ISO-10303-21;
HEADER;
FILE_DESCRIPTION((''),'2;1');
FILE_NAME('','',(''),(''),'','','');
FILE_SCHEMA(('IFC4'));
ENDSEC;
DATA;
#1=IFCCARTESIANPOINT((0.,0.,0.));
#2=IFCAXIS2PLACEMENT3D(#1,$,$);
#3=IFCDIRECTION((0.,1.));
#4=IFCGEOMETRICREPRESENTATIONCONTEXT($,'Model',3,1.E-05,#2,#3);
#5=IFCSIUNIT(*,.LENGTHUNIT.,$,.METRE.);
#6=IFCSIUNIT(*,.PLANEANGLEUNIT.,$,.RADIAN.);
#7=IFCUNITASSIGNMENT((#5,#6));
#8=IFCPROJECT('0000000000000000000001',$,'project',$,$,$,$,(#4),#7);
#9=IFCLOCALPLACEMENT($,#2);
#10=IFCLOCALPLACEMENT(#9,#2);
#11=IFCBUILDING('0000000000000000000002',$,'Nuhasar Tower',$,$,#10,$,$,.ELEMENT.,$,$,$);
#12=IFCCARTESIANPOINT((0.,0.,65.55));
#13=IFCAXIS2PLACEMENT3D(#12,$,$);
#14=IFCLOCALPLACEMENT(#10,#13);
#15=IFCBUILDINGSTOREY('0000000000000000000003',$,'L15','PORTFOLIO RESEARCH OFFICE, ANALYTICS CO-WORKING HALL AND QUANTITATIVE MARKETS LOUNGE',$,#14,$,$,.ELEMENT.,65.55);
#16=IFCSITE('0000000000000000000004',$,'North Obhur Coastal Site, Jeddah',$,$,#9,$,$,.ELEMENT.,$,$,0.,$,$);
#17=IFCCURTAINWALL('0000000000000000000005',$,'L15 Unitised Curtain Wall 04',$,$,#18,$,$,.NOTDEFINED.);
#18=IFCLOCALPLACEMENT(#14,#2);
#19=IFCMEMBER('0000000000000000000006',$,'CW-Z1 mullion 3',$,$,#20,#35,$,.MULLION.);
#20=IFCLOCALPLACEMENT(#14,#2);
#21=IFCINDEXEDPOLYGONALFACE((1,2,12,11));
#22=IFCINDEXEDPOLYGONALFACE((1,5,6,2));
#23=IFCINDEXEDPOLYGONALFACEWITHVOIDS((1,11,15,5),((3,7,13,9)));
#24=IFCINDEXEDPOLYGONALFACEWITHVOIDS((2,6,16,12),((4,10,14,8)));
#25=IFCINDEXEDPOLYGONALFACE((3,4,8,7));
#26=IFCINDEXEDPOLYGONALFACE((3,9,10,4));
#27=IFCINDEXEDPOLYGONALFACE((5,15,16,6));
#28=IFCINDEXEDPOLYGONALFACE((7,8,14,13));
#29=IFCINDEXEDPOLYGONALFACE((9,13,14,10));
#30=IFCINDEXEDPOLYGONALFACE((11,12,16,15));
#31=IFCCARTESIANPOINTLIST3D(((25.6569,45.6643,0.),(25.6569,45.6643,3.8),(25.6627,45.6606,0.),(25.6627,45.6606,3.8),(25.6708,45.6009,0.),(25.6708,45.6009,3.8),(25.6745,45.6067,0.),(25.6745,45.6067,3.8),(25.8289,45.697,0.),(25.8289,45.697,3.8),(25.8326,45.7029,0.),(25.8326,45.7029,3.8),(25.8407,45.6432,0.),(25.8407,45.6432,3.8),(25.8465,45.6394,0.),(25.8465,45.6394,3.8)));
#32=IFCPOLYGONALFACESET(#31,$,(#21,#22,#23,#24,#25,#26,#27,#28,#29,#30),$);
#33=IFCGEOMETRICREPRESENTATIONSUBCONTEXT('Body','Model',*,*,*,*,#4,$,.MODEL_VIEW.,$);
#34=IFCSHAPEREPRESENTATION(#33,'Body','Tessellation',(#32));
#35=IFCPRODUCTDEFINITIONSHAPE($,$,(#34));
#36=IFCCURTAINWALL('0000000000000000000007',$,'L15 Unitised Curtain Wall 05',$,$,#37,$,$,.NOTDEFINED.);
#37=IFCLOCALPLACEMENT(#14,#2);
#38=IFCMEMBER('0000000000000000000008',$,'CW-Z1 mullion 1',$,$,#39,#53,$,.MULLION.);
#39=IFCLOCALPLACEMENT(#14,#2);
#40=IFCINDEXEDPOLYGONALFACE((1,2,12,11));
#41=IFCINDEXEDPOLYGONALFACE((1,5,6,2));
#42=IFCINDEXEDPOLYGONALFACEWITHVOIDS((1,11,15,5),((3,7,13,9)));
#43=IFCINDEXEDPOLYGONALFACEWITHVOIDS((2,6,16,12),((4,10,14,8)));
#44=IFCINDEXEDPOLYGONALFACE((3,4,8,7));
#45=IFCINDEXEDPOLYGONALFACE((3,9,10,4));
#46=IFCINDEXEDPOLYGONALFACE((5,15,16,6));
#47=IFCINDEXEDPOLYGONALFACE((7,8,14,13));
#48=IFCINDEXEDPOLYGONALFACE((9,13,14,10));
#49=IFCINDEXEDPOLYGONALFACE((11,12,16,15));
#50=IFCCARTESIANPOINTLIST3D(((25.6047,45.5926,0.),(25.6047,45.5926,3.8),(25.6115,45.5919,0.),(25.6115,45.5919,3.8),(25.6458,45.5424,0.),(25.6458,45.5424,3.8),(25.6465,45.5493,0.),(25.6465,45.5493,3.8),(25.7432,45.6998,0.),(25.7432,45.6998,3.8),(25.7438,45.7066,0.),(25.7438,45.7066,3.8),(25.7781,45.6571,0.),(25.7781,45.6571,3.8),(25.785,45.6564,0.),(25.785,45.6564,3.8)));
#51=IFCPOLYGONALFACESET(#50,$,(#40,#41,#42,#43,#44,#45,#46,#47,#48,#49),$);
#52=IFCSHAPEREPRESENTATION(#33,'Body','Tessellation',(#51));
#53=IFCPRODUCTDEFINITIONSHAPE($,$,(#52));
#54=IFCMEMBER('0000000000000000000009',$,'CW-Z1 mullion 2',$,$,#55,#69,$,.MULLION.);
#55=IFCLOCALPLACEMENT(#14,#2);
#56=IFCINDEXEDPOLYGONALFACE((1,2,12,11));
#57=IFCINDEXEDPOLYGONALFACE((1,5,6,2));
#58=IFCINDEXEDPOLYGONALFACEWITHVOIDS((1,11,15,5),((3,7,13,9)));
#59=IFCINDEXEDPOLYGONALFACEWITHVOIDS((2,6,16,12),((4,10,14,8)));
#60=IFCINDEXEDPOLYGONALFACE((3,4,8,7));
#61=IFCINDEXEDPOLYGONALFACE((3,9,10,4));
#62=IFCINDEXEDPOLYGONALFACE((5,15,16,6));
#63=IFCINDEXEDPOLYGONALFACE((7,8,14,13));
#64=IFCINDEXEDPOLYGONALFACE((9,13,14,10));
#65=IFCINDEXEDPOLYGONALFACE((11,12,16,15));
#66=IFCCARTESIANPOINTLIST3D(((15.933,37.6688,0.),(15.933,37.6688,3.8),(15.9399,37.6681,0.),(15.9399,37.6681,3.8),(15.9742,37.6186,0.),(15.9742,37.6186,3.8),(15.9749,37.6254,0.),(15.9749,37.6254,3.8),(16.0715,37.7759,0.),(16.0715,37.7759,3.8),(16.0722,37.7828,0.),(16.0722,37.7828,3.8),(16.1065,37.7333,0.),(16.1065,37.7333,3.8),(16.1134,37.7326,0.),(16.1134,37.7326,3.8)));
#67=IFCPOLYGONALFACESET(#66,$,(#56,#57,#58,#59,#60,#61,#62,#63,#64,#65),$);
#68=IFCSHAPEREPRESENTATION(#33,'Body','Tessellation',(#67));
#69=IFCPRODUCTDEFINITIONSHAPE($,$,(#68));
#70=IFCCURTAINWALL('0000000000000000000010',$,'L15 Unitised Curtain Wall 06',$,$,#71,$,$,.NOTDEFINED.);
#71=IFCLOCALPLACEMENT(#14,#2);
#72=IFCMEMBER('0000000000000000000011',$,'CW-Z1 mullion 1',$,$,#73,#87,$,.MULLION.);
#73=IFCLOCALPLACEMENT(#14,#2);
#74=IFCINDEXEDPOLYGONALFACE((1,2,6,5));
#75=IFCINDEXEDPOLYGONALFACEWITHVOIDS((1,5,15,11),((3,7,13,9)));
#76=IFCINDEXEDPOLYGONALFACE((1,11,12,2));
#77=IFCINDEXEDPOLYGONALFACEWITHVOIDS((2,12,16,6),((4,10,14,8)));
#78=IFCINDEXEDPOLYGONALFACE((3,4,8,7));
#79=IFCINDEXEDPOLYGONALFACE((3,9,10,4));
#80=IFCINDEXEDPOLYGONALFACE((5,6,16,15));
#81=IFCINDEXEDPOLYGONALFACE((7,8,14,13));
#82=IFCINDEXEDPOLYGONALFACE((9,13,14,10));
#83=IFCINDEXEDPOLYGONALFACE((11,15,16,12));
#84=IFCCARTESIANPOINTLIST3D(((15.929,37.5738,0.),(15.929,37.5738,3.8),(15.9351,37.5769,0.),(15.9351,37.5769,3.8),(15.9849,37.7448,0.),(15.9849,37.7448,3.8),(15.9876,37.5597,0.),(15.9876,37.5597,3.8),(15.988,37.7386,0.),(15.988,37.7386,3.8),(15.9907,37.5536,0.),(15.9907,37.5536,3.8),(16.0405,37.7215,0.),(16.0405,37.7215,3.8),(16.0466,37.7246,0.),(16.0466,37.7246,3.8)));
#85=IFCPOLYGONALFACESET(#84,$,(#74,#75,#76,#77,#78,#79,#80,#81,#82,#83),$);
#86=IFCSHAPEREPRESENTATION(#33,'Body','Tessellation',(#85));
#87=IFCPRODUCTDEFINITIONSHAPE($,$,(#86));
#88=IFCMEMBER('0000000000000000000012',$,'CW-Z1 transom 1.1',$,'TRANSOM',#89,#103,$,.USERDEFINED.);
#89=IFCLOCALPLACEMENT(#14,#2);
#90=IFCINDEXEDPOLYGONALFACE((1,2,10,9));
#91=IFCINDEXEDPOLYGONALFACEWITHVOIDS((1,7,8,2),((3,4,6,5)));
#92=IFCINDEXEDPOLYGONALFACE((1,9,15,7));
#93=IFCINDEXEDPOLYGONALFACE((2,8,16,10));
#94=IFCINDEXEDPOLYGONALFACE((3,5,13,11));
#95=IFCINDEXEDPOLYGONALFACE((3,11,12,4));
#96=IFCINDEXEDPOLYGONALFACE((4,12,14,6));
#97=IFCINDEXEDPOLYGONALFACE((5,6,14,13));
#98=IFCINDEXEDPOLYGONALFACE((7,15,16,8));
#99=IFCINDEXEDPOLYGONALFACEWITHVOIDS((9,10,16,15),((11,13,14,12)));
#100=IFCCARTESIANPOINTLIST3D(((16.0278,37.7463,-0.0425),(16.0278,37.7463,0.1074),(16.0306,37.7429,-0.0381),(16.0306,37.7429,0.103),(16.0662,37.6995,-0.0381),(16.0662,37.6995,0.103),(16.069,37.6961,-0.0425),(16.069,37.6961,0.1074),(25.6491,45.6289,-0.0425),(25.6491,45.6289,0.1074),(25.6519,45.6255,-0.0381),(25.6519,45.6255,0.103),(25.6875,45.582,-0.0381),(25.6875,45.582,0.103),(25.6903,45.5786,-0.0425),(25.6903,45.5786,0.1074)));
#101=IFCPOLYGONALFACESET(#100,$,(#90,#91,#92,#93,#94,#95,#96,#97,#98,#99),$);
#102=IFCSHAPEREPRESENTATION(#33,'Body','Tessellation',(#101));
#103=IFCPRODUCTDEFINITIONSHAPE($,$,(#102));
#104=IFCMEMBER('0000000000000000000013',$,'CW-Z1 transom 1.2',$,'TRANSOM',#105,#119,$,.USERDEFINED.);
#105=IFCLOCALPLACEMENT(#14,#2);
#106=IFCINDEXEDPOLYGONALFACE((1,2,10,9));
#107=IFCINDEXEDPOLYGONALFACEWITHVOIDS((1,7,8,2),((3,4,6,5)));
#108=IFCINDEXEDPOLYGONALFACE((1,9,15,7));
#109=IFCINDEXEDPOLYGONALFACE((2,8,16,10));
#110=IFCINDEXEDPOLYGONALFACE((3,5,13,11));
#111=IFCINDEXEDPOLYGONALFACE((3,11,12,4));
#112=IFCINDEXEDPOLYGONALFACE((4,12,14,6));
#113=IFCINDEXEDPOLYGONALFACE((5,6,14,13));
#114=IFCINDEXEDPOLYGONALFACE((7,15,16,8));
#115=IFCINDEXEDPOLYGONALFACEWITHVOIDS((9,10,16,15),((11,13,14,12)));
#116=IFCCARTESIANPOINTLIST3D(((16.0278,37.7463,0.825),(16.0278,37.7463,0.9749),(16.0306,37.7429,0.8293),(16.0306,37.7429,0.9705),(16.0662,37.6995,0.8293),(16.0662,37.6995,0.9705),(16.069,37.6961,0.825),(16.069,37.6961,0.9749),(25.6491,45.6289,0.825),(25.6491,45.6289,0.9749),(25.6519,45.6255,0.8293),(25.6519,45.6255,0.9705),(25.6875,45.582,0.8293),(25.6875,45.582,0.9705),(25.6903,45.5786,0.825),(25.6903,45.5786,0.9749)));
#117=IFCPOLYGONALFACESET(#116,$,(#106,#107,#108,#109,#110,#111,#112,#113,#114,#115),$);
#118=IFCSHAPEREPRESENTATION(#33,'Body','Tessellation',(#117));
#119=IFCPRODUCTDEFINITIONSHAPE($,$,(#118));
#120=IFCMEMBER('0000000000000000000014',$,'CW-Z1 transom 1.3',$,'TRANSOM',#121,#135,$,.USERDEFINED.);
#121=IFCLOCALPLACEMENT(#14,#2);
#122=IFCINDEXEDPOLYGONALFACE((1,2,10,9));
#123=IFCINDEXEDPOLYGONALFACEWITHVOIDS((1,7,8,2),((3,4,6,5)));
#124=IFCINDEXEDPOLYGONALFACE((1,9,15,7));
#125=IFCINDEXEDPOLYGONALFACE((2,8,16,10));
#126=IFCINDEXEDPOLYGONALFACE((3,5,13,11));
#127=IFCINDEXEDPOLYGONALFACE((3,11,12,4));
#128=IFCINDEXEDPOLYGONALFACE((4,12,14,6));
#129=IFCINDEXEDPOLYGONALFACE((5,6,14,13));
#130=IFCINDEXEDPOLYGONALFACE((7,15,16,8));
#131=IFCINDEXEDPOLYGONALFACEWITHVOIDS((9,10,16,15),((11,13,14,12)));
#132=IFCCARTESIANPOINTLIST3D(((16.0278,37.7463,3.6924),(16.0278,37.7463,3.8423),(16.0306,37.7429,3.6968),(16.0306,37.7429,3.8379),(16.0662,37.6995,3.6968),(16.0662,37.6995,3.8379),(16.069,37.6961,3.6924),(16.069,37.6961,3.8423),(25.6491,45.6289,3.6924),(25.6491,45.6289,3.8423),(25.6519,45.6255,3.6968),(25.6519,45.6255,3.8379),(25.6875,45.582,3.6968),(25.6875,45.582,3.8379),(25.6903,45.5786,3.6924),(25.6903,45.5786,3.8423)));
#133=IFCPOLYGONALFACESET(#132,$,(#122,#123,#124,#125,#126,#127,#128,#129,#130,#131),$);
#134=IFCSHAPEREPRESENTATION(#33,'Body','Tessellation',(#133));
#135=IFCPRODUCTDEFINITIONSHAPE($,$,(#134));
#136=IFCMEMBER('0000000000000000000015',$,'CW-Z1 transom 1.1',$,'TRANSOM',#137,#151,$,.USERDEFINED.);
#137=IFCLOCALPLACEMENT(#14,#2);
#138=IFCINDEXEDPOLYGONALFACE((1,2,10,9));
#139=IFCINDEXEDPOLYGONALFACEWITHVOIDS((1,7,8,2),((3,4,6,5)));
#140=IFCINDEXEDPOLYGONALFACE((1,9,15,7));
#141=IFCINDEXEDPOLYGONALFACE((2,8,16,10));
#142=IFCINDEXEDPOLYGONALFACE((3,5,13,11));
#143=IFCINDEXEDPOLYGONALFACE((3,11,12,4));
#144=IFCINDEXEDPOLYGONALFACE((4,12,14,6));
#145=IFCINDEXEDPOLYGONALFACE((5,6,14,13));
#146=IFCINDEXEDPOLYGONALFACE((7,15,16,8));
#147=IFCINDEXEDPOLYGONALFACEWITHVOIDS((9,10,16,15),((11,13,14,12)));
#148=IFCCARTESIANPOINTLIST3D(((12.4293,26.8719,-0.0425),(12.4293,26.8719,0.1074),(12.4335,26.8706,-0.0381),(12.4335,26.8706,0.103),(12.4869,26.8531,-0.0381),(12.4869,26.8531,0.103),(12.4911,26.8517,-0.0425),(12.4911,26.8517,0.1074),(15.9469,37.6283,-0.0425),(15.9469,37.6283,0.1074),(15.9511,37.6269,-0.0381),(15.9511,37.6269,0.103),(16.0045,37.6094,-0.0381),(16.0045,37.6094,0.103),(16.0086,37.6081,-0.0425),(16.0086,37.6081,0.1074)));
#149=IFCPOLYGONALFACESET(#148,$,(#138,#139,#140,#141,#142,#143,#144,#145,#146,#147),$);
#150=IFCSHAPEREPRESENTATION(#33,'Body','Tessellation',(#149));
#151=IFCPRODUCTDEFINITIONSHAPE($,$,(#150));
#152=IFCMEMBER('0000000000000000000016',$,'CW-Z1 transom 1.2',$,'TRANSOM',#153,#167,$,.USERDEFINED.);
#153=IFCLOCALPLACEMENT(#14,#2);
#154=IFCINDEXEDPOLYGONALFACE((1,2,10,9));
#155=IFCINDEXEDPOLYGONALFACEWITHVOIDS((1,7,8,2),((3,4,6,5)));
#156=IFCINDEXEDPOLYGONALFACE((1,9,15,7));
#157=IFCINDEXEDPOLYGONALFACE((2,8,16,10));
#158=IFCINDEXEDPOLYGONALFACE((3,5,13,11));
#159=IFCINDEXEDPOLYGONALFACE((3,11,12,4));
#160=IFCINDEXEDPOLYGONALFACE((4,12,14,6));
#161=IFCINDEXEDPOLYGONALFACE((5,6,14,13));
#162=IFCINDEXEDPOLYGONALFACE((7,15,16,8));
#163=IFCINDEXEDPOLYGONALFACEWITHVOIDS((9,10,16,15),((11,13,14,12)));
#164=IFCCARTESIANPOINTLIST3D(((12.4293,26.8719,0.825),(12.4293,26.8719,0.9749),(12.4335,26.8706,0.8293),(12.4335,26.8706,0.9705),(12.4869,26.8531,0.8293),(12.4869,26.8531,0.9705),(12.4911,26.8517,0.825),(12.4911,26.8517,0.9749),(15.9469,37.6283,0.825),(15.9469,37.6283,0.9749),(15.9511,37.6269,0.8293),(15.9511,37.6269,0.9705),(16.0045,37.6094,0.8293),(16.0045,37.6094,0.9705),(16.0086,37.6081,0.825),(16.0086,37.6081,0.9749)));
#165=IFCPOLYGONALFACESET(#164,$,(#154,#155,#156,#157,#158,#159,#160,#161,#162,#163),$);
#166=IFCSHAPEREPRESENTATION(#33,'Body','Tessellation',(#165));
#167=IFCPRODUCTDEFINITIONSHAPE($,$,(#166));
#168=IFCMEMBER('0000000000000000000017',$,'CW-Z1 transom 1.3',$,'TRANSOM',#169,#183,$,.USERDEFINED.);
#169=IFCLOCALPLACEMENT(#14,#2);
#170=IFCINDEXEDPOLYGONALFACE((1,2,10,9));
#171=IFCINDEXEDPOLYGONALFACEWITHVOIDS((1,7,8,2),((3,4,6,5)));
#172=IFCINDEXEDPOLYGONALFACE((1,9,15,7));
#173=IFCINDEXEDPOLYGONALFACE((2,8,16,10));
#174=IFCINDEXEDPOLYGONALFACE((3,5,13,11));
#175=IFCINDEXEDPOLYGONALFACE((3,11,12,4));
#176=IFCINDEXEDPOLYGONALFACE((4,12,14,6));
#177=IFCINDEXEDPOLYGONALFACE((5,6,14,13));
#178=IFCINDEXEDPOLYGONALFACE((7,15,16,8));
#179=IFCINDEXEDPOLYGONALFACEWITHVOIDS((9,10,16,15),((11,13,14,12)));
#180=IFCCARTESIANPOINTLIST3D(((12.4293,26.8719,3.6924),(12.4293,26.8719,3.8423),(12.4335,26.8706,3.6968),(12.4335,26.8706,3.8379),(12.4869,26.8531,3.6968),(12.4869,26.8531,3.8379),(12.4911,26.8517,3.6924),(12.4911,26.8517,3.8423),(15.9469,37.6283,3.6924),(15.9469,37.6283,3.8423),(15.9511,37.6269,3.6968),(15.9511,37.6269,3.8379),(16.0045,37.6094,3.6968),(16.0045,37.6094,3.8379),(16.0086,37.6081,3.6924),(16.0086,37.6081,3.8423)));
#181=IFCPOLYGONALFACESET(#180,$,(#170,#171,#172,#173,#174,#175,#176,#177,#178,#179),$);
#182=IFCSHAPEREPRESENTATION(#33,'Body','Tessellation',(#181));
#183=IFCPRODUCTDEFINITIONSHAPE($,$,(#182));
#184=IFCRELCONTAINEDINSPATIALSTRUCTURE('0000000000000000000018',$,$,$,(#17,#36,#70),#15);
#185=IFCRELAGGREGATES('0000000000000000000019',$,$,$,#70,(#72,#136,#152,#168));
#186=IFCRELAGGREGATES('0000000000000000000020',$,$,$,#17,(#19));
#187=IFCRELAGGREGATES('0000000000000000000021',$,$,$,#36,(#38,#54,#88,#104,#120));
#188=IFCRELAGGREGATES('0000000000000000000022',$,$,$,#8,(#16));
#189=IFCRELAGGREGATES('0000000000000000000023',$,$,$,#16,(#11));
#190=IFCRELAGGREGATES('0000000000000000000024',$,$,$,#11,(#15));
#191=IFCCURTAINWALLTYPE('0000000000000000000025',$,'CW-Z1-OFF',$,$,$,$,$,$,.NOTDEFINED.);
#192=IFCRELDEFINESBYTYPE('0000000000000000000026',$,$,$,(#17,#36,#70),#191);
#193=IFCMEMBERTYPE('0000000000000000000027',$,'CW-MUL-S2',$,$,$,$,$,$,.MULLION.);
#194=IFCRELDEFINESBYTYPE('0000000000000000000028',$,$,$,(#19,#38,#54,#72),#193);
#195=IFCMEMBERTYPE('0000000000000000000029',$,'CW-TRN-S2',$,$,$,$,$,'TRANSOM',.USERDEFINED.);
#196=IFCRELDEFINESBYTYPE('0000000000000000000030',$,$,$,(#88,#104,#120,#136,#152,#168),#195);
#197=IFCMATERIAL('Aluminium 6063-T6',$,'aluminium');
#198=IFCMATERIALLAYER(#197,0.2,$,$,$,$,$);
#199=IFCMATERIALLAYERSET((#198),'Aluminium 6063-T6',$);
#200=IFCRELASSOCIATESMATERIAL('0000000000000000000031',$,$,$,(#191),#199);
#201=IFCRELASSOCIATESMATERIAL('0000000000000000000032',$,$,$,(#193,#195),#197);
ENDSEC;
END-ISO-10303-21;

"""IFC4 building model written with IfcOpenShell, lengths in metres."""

from ifc_helpers import new_model, si_unit, direction, frame, origin, origin_2d, place, context, subcontext, project, spatial, hollow_rectangle, extrude, material, layer, layer_set, material_profile, profile_set, type_object, element, aggregate, save


model = new_model("IFC4")

# Units and contexts
model_context = context("Model", 3, precision=1e-05, world=origin(), true_north=direction((0.0, 1.0)))
body_context = subcontext(model_context, "Body", "Model", "MODEL_VIEW")
ifc_project = project(units=[si_unit("LENGTHUNIT", "METRE"), si_unit("PLANEANGLEUNIT", "RADIAN")], contexts=[model_context])

# Site, building, storey
site_placement = place(None, origin())
site = spatial("IfcSite", under=ifc_project, at=site_placement, Name="North Obhur Coastal Site, Jeddah", CompositionType="ELEMENT", RefElevation=0.0)
building_placement = place(site_placement, origin())
building = spatial("IfcBuilding", under=site, at=building_placement, Name="Nuhasar Tower", CompositionType="ELEMENT")
storey_placement = place(building_placement, frame((0.0, 0.0, 65.55)))
storey = spatial("IfcBuildingStorey", under=building, at=storey_placement, Name="L15", Description="PORTFOLIO RESEARCH OFFICE, ANALYTICS CO-WORKING HALL AND QUANTITATIVE MARKETS LOUNGE", CompositionType="ELEMENT", Elevation=65.55)

# Curtain wall, member
ifc_material_1 = material(Name="Aluminium 6063-T6", Category="aluminium")
ifc_layer_1 = layer(ifc_material_1, 0.2)
ifc_layer_set_1 = layer_set([ifc_layer_1], Name="Aluminium 6063-T6")
curtain_wall_type = type_object("IfcCurtainWallType", Name="CW-Z1-OFF", PredefinedType="NOTDEFINED", material=ifc_layer_set_1)
curtain_wall_1_placement = place(storey_placement, origin())
curtain_wall_1 = element("IfcCurtainWall", 1, at=curtain_wall_1_placement, inside=storey, type_object=curtain_wall_type, Name="L15 Unitised Curtain Wall 04", PredefinedType="NOTDEFINED")
ifc_material_profile_1 = material_profile(ifc_material_1, hollow_rectangle(XDim=0.0649, YDim=0.1799, WallThickness=0.0049, at=origin_2d()), Name="CWM-2")
ifc_profile_set_1 = profile_set([ifc_material_profile_1], Name="Aluminium 6063-T6")
member_type_1 = type_object("IfcMemberType", Name="CW-MUL-S2", PredefinedType="MULLION", material=ifc_profile_set_1)
member_1_placement = place(storey_placement, frame((25.7517, 45.6519, 0.0), z_axis=(0.0, 0.0, 1.0), x_axis=(0.214399, -0.976746, 0.0)))
member_1 = element("IfcMember", 2, at=member_1_placement, type_object=member_type_1, Name="CW-Z1 mullion 3", PredefinedType="MULLION", context=body_context, shape_type="SweptSolid", body=[
    extrude(hollow_rectangle(XDim=0.0649, YDim=0.1799, WallThickness=0.0049, at=origin_2d()), origin(), (0.0, 0.0, 1.0), 3.8),
])

# Curtain wall, members
curtain_wall_2_placement = place(storey_placement, origin())
curtain_wall_2 = element("IfcCurtainWall", 3, at=curtain_wall_2_placement, inside=storey, type_object=curtain_wall_type, Name="L15 Unitised Curtain Wall 05", PredefinedType="NOTDEFINED")
member_2_placement = place(storey_placement, frame((25.6948, 45.6245, 0.0), z_axis=(0.0, 0.0, 1.0), x_axis=(0.633745, -0.773542, 0.0)))
member_2 = element("IfcMember", 4, at=member_2_placement, type_object=member_type_1, Name="CW-Z1 mullion 1", PredefinedType="MULLION", context=body_context, shape_type="SweptSolid", body=[
    extrude(hollow_rectangle(XDim=0.0649, YDim=0.1799, WallThickness=0.0049, at=origin_2d()), origin(), (0.0, 0.0, 1.0), 3.8),
])
member_3_placement = place(storey_placement, frame((16.0232, 37.7007, 0.0), z_axis=(0.0, 0.0, 1.0), x_axis=(0.633745, -0.773542, 0.0)))
member_3 = element("IfcMember", 5, at=member_3_placement, type_object=member_type_1, Name="CW-Z1 mullion 2", PredefinedType="MULLION", context=body_context, shape_type="SweptSolid", body=[
    extrude(hollow_rectangle(XDim=0.0649, YDim=0.1799, WallThickness=0.0049, at=origin_2d()), origin(), (0.0, 0.0, 1.0), 3.8),
])

# Curtain wall, member
curtain_wall_3_placement = place(storey_placement, origin())
curtain_wall_3 = element("IfcCurtainWall", 6, at=curtain_wall_3_placement, inside=storey, type_object=curtain_wall_type, Name="L15 Unitised Curtain Wall 06", PredefinedType="NOTDEFINED")
member_4_placement = place(storey_placement, frame((15.9878, 37.6492, 0.0), z_axis=(0.0, 0.0, 1.0), x_axis=(0.950468, -0.310824, 0.0)))
member_4 = element("IfcMember", 7, at=member_4_placement, type_object=member_type_1, Name="CW-Z1 mullion 1", PredefinedType="MULLION", context=body_context, shape_type="SweptSolid", body=[
    extrude(hollow_rectangle(XDim=0.0649, YDim=0.1799, WallThickness=0.0049, at=origin_2d()), origin(), (0.0, 0.0, 1.0), 3.8),
])

# Members
ifc_material_profile_2 = material_profile(ifc_material_1, hollow_rectangle(XDim=0.0649, YDim=0.1499, WallThickness=0.0044, at=origin_2d()), Name="CWT-2")
ifc_profile_set_2 = profile_set([ifc_material_profile_2], Name="Aluminium 6063-T6")
member_type_2 = type_object("IfcMemberType", Name="CW-TRN-S2", ElementType="TRANSOM", PredefinedType="USERDEFINED", material=ifc_profile_set_2)
member_5_placement = place(storey_placement, frame((25.6697, 45.6038, 0.0325), z_axis=(-0.773541, -0.633746, 0.0), x_axis=(0.633746, -0.773541, 0.0)))
member_5 = element("IfcMember", 8, at=member_5_placement, type_object=member_type_2, Name="CW-Z1 transom 1.1", ObjectType="TRANSOM", PredefinedType="USERDEFINED", context=body_context, shape_type="SweptSolid", body=[
    extrude(hollow_rectangle(XDim=0.0649, YDim=0.1499, WallThickness=0.0044, at=origin_2d()), origin(), (0.0, 0.0, 1.0), 12.438),
])
member_6_placement = place(storey_placement, frame((25.6697, 45.6038, 0.8999), z_axis=(-0.773541, -0.633746, 0.0), x_axis=(0.633746, -0.773541, 0.0)))
member_6 = element("IfcMember", 9, at=member_6_placement, type_object=member_type_2, Name="CW-Z1 transom 1.2", ObjectType="TRANSOM", PredefinedType="USERDEFINED", context=body_context, shape_type="SweptSolid", body=[
    extrude(hollow_rectangle(XDim=0.0649, YDim=0.1499, WallThickness=0.0044, at=origin_2d()), origin(), (0.0, 0.0, 1.0), 12.438),
])
member_7_placement = place(storey_placement, frame((25.6697, 45.6038, 3.7673), z_axis=(-0.773541, -0.633746, 0.0), x_axis=(0.633746, -0.773541, 0.0)))
member_7 = element("IfcMember", 10, at=member_7_placement, type_object=member_type_2, Name="CW-Z1 transom 1.3", ObjectType="TRANSOM", PredefinedType="USERDEFINED", context=body_context, shape_type="SweptSolid", body=[
    extrude(hollow_rectangle(XDim=0.0649, YDim=0.1499, WallThickness=0.0044, at=origin_2d()), origin(), (0.0, 0.0, 1.0), 12.438),
])
member_8_placement = place(storey_placement, frame((15.9778, 37.6182, 0.0325), z_axis=(-0.310825, -0.950467, 0.0), x_axis=(0.950467, -0.310825, 0.0)))
member_8 = element("IfcMember", 11, at=member_8_placement, type_object=member_type_2, Name="CW-Z1 transom 1.1", ObjectType="TRANSOM", PredefinedType="USERDEFINED", context=body_context, shape_type="SweptSolid", body=[
    extrude(hollow_rectangle(XDim=0.0649, YDim=0.1499, WallThickness=0.0044, at=origin_2d()), origin(), (0.0, 0.0, 1.0), 11.3169),
])
member_9_placement = place(storey_placement, frame((15.9778, 37.6182, 0.8999), z_axis=(-0.310825, -0.950467, 0.0), x_axis=(0.950467, -0.310825, 0.0)))
member_9 = element("IfcMember", 12, at=member_9_placement, type_object=member_type_2, Name="CW-Z1 transom 1.2", ObjectType="TRANSOM", PredefinedType="USERDEFINED", context=body_context, shape_type="SweptSolid", body=[
    extrude(hollow_rectangle(XDim=0.0649, YDim=0.1499, WallThickness=0.0044, at=origin_2d()), origin(), (0.0, 0.0, 1.0), 11.3169),
])
member_10_placement = place(storey_placement, frame((15.9778, 37.6182, 3.7673), z_axis=(-0.310825, -0.950467, 0.0), x_axis=(0.950467, -0.310825, 0.0)))
member_10 = element("IfcMember", 13, at=member_10_placement, type_object=member_type_2, Name="CW-Z1 transom 1.3", ObjectType="TRANSOM", PredefinedType="USERDEFINED", context=body_context, shape_type="SweptSolid", body=[
    extrude(hollow_rectangle(XDim=0.0649, YDim=0.1499, WallThickness=0.0044, at=origin_2d()), origin(), (0.0, 0.0, 1.0), 11.3169),
])
aggregate(curtain_wall_3, [member_4, member_8, member_9, member_10])

aggregate(curtain_wall_1, [member_1])
aggregate(curtain_wall_2, [member_2, member_3, member_5, member_6, member_7])

save(model, "model.ifc")
